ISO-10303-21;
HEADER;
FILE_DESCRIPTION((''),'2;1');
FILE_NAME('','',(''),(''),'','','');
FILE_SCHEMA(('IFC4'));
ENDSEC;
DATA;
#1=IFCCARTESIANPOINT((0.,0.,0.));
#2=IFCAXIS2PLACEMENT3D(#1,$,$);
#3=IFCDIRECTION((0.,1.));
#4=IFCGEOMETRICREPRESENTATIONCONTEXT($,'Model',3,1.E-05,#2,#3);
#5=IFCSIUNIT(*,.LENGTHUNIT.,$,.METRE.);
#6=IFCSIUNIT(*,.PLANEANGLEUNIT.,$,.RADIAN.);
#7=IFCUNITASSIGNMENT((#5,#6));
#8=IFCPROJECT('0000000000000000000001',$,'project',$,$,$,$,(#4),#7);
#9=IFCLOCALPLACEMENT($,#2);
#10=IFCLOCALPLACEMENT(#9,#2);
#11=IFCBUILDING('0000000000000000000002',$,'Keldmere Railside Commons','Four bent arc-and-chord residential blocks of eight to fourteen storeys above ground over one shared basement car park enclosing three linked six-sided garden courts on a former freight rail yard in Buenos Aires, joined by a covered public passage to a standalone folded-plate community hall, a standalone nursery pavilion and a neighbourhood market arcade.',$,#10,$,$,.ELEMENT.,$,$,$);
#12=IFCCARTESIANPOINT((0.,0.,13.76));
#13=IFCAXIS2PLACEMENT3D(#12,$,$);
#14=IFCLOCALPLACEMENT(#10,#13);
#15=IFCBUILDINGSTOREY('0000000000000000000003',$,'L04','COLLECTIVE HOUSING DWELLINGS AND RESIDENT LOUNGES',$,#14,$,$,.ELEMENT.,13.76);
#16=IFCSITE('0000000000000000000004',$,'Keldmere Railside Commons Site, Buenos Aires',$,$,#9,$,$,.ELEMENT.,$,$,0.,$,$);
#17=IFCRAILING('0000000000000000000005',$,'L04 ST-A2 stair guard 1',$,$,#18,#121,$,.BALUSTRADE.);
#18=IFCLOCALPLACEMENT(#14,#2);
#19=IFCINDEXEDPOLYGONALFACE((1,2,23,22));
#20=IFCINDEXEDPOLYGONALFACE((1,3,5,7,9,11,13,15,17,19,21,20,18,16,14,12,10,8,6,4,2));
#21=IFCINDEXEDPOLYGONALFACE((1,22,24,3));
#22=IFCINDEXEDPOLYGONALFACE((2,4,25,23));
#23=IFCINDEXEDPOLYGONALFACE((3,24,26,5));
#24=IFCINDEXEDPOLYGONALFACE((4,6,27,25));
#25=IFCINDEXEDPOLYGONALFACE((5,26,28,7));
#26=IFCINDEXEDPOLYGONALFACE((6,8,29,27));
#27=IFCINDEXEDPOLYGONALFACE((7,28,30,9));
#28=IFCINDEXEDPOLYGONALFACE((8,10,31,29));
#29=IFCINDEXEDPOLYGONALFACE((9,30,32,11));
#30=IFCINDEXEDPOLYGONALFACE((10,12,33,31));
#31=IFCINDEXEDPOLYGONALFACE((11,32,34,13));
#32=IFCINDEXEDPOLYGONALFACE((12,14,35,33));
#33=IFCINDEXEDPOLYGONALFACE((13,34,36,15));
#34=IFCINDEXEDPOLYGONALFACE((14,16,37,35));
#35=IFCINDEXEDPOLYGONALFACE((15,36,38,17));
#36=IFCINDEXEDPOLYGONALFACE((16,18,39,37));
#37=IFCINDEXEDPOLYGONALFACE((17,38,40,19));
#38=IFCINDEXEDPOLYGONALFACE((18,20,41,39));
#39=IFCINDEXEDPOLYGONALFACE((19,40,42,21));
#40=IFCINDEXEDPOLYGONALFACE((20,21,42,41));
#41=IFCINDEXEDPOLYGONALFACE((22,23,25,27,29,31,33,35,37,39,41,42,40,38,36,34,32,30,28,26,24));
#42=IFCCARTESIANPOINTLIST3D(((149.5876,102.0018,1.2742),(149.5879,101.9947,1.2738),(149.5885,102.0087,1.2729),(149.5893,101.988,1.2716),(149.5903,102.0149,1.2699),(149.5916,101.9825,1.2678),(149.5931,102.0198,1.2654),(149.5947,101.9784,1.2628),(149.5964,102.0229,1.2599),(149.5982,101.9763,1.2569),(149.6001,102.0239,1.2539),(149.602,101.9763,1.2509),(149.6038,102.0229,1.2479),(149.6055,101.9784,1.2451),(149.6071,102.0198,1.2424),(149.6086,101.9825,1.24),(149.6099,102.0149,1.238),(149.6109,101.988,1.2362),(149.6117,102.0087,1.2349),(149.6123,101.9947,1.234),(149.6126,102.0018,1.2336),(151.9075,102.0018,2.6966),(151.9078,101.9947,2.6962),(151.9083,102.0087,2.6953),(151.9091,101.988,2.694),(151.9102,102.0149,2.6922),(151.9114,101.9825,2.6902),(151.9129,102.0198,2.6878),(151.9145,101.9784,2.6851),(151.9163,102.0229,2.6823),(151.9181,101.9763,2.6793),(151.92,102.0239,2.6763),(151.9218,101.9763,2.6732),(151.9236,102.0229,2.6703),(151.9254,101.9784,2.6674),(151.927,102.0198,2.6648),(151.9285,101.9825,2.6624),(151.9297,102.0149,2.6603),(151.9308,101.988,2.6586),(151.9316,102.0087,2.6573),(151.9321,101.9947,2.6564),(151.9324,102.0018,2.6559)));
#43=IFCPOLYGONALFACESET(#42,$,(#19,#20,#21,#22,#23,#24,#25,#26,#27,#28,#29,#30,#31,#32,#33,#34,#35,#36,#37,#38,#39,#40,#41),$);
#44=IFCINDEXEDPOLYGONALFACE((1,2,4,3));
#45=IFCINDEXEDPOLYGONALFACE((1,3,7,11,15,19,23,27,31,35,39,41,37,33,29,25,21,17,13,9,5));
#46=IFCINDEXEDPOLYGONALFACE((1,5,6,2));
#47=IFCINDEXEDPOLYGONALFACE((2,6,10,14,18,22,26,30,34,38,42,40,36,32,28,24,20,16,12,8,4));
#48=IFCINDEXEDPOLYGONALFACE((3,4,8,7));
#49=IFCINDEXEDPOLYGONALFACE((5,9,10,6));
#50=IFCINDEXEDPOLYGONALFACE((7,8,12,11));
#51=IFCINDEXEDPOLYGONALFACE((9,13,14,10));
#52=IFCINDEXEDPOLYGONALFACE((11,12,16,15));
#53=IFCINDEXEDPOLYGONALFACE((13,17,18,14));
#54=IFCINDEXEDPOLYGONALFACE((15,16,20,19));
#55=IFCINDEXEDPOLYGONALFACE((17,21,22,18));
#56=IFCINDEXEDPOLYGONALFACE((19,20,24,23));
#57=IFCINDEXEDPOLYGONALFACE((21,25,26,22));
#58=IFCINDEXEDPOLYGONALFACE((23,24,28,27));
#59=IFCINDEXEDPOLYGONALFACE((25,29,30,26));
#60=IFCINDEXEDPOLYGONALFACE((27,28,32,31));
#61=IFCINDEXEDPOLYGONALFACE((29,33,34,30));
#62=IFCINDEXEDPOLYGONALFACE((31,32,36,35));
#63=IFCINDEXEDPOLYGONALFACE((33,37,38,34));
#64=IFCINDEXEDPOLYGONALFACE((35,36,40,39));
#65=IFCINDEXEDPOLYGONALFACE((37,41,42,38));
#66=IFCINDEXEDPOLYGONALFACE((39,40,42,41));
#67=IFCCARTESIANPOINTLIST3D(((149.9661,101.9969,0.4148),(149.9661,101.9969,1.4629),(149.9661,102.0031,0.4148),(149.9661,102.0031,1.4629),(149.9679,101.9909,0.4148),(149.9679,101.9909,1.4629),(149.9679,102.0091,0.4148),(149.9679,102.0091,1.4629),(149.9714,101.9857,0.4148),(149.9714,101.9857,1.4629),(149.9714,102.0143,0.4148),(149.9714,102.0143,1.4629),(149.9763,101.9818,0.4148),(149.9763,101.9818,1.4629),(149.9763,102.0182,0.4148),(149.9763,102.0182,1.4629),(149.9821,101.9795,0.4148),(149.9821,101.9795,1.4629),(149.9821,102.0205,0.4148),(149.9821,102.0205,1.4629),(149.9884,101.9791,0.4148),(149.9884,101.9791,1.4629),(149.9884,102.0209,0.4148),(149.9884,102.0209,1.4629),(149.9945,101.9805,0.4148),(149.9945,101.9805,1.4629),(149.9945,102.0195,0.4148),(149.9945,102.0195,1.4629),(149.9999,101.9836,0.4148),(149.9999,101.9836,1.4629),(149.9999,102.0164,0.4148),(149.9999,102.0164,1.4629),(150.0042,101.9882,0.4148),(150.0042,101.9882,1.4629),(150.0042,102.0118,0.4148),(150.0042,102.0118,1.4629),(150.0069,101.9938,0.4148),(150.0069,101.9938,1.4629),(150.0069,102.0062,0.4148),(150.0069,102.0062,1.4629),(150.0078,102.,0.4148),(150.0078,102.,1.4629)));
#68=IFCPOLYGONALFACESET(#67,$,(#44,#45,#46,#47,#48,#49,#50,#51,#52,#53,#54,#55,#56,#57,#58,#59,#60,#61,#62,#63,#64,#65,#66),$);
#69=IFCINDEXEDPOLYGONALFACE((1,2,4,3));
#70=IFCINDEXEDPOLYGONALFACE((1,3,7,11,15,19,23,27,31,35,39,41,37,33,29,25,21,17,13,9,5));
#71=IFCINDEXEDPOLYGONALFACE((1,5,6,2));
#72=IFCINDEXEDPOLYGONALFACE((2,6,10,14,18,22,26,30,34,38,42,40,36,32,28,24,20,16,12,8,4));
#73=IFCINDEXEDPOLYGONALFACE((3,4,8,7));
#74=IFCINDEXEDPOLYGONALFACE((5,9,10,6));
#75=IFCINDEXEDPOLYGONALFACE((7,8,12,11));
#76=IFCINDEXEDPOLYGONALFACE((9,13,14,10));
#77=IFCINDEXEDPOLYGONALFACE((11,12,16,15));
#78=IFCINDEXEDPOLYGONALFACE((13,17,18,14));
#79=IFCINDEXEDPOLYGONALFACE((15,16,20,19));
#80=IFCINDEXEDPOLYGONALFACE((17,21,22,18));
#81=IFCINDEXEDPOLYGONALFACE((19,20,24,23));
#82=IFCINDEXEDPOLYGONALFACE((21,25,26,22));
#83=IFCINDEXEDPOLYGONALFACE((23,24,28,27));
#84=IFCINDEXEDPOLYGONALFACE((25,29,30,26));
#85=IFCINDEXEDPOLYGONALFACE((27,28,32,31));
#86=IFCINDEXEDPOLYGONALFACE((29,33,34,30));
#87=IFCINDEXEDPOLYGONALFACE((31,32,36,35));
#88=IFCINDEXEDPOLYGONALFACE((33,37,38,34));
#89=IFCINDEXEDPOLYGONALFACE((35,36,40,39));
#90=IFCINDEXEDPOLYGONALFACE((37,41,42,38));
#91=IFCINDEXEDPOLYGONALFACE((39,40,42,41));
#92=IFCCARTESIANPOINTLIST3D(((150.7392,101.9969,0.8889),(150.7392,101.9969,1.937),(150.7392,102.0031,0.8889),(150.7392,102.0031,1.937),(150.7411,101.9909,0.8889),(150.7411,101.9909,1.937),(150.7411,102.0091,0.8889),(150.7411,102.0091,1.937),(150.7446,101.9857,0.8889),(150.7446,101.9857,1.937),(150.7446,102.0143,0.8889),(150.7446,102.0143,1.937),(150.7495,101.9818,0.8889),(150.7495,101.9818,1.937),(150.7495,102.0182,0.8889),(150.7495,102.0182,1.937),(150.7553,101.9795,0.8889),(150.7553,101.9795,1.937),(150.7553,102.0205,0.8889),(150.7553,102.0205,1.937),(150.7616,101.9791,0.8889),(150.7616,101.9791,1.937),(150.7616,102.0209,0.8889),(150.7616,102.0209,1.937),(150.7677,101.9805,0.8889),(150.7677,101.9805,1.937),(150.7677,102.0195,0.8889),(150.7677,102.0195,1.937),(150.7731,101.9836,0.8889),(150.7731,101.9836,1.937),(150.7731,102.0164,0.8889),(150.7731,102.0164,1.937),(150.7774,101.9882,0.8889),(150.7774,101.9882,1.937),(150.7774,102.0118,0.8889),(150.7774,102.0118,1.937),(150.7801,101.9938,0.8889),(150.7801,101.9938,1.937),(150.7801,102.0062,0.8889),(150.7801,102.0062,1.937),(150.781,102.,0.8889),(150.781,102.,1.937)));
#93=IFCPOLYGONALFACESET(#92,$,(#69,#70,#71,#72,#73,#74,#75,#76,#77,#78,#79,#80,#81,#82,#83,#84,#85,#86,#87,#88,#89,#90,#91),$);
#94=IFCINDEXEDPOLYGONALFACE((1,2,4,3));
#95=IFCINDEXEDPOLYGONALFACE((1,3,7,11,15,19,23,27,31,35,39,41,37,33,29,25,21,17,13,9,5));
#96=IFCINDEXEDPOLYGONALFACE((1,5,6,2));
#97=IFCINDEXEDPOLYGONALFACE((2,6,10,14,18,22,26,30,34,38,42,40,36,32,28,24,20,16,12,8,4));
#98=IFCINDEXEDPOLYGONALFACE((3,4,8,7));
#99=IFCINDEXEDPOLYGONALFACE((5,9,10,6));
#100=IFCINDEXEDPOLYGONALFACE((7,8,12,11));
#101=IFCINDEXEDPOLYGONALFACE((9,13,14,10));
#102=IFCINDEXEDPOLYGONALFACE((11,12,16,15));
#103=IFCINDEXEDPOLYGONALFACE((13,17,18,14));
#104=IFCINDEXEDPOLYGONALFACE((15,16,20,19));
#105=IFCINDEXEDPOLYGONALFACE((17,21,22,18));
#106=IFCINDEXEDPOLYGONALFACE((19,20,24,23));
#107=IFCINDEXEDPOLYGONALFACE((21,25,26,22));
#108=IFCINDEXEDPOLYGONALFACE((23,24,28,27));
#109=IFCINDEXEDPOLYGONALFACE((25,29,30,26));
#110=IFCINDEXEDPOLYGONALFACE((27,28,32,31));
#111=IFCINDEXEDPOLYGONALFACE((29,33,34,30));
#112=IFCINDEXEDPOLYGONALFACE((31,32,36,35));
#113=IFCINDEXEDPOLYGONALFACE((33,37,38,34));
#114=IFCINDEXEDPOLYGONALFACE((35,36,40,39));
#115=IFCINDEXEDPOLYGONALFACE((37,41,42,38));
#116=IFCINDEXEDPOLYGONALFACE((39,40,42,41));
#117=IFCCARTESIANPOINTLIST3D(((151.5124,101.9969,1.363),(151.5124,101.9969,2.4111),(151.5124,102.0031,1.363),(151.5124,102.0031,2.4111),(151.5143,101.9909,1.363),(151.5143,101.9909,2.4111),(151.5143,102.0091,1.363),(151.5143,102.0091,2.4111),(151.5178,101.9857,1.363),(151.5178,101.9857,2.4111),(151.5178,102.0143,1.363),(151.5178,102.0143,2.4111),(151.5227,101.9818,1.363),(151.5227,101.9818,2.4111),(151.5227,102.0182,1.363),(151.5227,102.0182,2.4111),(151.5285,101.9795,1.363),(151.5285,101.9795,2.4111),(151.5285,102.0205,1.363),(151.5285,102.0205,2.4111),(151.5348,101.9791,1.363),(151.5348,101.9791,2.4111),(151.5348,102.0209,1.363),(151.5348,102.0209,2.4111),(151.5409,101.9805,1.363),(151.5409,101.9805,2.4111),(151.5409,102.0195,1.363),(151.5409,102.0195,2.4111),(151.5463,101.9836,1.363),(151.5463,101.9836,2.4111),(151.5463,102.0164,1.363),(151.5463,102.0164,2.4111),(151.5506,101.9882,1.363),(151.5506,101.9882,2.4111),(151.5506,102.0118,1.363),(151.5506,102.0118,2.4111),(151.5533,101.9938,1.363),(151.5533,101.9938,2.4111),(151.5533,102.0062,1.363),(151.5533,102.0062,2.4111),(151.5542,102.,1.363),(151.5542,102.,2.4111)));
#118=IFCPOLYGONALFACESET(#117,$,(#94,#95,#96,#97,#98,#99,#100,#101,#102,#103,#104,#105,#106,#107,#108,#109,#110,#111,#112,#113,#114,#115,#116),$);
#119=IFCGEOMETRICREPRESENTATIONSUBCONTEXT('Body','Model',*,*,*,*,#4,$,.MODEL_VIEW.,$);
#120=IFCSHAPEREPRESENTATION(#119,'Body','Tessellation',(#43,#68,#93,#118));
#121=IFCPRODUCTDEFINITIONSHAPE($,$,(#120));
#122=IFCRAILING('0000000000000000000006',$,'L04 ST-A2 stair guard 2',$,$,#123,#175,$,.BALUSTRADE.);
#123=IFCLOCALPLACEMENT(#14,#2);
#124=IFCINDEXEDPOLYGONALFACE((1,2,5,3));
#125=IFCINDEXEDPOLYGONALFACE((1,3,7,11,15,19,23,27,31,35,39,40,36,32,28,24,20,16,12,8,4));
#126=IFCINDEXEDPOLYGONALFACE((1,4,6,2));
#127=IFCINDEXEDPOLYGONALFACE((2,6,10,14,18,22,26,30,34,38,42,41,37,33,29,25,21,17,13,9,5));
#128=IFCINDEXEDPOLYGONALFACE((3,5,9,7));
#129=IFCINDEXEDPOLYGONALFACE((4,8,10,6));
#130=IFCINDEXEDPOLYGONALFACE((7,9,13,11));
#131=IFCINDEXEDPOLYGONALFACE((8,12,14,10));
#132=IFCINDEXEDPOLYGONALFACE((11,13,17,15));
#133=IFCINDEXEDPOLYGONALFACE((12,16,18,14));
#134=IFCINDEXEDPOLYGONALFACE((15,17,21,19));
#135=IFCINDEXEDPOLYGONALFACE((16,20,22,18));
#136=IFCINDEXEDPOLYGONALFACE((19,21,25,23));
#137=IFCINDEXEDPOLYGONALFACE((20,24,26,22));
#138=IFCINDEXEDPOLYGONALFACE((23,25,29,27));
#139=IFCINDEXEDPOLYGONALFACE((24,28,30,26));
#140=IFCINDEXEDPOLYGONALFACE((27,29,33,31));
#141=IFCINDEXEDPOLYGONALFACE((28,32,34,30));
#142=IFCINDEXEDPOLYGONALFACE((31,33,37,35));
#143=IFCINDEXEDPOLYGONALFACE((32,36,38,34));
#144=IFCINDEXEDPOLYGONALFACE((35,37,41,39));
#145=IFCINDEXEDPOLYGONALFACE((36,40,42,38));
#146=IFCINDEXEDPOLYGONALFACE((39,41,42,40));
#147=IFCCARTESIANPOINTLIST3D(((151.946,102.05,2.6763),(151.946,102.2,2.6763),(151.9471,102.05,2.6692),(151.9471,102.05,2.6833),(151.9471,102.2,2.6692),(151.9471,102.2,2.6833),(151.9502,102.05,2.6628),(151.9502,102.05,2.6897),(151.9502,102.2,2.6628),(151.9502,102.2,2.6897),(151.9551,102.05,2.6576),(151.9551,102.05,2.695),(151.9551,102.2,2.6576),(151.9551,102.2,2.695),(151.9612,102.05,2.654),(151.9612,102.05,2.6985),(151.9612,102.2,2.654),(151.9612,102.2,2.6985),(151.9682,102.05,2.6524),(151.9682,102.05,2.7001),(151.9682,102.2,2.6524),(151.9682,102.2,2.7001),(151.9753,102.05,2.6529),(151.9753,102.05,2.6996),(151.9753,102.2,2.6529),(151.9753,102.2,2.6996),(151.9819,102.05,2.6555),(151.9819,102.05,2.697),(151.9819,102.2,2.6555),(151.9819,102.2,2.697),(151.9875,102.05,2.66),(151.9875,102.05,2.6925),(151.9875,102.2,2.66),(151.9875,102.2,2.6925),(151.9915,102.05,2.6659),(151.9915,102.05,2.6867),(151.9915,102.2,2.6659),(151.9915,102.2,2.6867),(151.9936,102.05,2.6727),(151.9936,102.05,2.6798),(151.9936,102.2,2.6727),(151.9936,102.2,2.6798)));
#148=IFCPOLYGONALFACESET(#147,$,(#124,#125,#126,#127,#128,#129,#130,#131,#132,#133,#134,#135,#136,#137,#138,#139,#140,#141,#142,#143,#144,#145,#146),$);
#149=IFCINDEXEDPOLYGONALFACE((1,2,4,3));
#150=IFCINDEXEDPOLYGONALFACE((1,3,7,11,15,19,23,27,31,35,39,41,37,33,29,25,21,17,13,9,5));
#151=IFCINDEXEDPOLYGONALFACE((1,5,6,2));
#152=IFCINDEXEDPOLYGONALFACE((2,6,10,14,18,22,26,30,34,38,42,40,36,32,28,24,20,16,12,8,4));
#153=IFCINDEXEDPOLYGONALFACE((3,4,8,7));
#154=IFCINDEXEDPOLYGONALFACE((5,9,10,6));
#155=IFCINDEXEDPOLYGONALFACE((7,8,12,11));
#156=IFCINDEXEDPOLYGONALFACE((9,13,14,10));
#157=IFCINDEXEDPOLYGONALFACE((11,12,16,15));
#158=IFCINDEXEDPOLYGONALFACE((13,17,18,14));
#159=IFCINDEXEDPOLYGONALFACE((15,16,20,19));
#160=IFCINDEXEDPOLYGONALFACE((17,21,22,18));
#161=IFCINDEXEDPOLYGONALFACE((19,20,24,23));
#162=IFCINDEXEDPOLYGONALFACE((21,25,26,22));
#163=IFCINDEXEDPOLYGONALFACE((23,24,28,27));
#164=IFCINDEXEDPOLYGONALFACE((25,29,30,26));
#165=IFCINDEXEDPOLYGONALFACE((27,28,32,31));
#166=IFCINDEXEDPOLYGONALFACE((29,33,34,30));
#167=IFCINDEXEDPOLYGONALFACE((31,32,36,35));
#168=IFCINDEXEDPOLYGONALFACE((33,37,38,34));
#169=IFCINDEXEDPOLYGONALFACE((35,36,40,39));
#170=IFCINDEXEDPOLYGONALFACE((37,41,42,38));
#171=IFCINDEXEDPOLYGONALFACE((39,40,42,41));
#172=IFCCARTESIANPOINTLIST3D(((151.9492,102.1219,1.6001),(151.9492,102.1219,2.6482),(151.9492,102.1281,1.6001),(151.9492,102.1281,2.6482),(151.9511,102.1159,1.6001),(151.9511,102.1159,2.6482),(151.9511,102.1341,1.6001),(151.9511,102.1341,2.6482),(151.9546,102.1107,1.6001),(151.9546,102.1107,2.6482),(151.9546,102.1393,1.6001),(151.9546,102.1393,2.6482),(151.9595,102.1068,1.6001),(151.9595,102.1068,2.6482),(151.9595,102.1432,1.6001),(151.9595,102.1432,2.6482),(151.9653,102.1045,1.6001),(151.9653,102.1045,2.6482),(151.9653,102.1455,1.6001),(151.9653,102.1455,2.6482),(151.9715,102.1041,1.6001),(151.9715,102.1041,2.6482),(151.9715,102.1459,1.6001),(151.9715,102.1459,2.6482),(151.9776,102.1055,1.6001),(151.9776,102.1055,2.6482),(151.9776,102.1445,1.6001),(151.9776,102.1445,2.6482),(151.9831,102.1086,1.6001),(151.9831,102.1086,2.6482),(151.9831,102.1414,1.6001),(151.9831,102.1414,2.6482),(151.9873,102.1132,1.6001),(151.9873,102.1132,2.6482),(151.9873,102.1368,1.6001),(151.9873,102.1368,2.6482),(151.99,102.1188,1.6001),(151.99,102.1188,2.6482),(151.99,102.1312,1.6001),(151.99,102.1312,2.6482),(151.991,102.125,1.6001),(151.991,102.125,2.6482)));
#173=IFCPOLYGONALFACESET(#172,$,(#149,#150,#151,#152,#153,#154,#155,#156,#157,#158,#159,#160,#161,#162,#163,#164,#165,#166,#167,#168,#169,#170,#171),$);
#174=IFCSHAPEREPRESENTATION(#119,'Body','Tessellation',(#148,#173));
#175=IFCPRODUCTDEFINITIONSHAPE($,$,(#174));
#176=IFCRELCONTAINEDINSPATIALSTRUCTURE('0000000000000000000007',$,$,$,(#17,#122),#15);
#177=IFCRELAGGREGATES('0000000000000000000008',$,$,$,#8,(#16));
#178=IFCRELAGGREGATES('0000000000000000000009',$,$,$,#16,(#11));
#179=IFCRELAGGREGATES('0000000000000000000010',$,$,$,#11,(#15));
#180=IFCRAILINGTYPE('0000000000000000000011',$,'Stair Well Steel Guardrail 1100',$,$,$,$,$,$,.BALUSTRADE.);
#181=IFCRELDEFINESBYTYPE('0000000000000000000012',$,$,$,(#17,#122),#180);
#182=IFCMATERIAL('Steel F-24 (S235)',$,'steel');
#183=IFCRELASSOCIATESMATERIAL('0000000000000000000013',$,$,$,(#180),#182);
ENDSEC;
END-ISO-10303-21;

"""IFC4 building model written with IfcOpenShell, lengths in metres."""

from ifc_helpers import new_model, si_unit, direction, frame, origin, origin_2d, place, context, subcontext, project, spatial, circle, extrude, material, type_object, element, save


model = new_model("IFC4")

# Units and contexts
model_context = context("Model", 3, precision=1e-05, world=origin(), true_north=direction((0.0, 1.0)))
body_context = subcontext(model_context, "Body", "Model", "MODEL_VIEW")
ifc_project = project(units=[si_unit("LENGTHUNIT", "METRE"), si_unit("PLANEANGLEUNIT", "RADIAN")], contexts=[model_context])

# Site, building, storey
site_placement = place(None, origin())
site = spatial("IfcSite", under=ifc_project, at=site_placement, Name="Keldmere Railside Commons Site, Buenos Aires", CompositionType="ELEMENT", RefElevation=0.0)
building_placement = place(site_placement, origin())
building = spatial("IfcBuilding", under=site, at=building_placement, Name="Keldmere Railside Commons", Description="Four bent arc-and-chord residential blocks of eight to fourteen storeys above ground over one shared basement car park enclosing three linked six-sided garden courts on a former freight rail yard in Buenos Aires, joined by a covered public passage to a standalone folded-plate community hall, a standalone nursery pavilion and a neighbourhood market arcade.", CompositionType="ELEMENT")
storey_placement = place(building_placement, frame((0.0, 0.0, 13.76)))
storey = spatial("IfcBuildingStorey", under=building, at=storey_placement, Name="L04", Description="COLLECTIVE HOUSING DWELLINGS AND RESIDENT LOUNGES", CompositionType="ELEMENT", Elevation=13.76)

# Shared definitions
ifc_material_1 = material(Name="Steel F-24 (S235)", Category="steel")

# Railings
railing_type_1 = type_object("IfcRailingType", Name="Stair Well Steel Guardrail 1100", PredefinedType="BALUSTRADE", material=ifc_material_1)
railing_1_placement = place(storey_placement, frame((149.6001, 102.0, 0.1777)))
element("IfcRailing", 1, at=railing_1_placement, inside=storey, type_object=railing_type_1, Name="L04 ST-A2 stair guard 1", PredefinedType="BALUSTRADE", context=body_context, shape_type="SweptSolid", body=[
    extrude(circle(Radius=0.0239, at=origin_2d()), frame((0.0, 0.0, 1.0762), z_axis=(0.852514, 0.0, 0.522705), x_axis=(0.0, 1.0, 0.0)), (0.0, 0.0, 1.0), 2.7212),
    extrude(circle(Radius=0.021, at=origin_2d()), frame((0.3867, 0.0, 0.2371)), (0.0, 0.0, 1.0), 1.0481),
    extrude(circle(Radius=0.021, at=origin_2d()), frame((1.1599, 0.0, 0.7112)), (0.0, 0.0, 1.0), 1.0481),
    extrude(circle(Radius=0.021, at=origin_2d()), frame((1.9331, 0.0, 1.1853)), (0.0, 0.0, 1.0), 1.0481),
])
railing_2_placement = place(storey_placement, frame((151.97, 102.05, 1.6001)))
element("IfcRailing", 2, at=railing_2_placement, inside=storey, type_object=railing_type_1, Name="L04 ST-A2 stair guard 2", PredefinedType="BALUSTRADE", context=body_context, shape_type="SweptSolid", body=[
    extrude(circle(Radius=0.0239, at=origin_2d()), frame((0.0, 0.0, 1.0762), z_axis=(0.0, 1.0, 0.0), x_axis=(-1.0, 0.0, 0.0)), (0.0, 0.0, 1.0), 0.1499),
    extrude(circle(Radius=0.021, at=origin_2d()), frame((0.0, 0.075, 0.0)), (0.0, 0.0, 1.0), 1.0481),
])

save(model, "model.ifc")
